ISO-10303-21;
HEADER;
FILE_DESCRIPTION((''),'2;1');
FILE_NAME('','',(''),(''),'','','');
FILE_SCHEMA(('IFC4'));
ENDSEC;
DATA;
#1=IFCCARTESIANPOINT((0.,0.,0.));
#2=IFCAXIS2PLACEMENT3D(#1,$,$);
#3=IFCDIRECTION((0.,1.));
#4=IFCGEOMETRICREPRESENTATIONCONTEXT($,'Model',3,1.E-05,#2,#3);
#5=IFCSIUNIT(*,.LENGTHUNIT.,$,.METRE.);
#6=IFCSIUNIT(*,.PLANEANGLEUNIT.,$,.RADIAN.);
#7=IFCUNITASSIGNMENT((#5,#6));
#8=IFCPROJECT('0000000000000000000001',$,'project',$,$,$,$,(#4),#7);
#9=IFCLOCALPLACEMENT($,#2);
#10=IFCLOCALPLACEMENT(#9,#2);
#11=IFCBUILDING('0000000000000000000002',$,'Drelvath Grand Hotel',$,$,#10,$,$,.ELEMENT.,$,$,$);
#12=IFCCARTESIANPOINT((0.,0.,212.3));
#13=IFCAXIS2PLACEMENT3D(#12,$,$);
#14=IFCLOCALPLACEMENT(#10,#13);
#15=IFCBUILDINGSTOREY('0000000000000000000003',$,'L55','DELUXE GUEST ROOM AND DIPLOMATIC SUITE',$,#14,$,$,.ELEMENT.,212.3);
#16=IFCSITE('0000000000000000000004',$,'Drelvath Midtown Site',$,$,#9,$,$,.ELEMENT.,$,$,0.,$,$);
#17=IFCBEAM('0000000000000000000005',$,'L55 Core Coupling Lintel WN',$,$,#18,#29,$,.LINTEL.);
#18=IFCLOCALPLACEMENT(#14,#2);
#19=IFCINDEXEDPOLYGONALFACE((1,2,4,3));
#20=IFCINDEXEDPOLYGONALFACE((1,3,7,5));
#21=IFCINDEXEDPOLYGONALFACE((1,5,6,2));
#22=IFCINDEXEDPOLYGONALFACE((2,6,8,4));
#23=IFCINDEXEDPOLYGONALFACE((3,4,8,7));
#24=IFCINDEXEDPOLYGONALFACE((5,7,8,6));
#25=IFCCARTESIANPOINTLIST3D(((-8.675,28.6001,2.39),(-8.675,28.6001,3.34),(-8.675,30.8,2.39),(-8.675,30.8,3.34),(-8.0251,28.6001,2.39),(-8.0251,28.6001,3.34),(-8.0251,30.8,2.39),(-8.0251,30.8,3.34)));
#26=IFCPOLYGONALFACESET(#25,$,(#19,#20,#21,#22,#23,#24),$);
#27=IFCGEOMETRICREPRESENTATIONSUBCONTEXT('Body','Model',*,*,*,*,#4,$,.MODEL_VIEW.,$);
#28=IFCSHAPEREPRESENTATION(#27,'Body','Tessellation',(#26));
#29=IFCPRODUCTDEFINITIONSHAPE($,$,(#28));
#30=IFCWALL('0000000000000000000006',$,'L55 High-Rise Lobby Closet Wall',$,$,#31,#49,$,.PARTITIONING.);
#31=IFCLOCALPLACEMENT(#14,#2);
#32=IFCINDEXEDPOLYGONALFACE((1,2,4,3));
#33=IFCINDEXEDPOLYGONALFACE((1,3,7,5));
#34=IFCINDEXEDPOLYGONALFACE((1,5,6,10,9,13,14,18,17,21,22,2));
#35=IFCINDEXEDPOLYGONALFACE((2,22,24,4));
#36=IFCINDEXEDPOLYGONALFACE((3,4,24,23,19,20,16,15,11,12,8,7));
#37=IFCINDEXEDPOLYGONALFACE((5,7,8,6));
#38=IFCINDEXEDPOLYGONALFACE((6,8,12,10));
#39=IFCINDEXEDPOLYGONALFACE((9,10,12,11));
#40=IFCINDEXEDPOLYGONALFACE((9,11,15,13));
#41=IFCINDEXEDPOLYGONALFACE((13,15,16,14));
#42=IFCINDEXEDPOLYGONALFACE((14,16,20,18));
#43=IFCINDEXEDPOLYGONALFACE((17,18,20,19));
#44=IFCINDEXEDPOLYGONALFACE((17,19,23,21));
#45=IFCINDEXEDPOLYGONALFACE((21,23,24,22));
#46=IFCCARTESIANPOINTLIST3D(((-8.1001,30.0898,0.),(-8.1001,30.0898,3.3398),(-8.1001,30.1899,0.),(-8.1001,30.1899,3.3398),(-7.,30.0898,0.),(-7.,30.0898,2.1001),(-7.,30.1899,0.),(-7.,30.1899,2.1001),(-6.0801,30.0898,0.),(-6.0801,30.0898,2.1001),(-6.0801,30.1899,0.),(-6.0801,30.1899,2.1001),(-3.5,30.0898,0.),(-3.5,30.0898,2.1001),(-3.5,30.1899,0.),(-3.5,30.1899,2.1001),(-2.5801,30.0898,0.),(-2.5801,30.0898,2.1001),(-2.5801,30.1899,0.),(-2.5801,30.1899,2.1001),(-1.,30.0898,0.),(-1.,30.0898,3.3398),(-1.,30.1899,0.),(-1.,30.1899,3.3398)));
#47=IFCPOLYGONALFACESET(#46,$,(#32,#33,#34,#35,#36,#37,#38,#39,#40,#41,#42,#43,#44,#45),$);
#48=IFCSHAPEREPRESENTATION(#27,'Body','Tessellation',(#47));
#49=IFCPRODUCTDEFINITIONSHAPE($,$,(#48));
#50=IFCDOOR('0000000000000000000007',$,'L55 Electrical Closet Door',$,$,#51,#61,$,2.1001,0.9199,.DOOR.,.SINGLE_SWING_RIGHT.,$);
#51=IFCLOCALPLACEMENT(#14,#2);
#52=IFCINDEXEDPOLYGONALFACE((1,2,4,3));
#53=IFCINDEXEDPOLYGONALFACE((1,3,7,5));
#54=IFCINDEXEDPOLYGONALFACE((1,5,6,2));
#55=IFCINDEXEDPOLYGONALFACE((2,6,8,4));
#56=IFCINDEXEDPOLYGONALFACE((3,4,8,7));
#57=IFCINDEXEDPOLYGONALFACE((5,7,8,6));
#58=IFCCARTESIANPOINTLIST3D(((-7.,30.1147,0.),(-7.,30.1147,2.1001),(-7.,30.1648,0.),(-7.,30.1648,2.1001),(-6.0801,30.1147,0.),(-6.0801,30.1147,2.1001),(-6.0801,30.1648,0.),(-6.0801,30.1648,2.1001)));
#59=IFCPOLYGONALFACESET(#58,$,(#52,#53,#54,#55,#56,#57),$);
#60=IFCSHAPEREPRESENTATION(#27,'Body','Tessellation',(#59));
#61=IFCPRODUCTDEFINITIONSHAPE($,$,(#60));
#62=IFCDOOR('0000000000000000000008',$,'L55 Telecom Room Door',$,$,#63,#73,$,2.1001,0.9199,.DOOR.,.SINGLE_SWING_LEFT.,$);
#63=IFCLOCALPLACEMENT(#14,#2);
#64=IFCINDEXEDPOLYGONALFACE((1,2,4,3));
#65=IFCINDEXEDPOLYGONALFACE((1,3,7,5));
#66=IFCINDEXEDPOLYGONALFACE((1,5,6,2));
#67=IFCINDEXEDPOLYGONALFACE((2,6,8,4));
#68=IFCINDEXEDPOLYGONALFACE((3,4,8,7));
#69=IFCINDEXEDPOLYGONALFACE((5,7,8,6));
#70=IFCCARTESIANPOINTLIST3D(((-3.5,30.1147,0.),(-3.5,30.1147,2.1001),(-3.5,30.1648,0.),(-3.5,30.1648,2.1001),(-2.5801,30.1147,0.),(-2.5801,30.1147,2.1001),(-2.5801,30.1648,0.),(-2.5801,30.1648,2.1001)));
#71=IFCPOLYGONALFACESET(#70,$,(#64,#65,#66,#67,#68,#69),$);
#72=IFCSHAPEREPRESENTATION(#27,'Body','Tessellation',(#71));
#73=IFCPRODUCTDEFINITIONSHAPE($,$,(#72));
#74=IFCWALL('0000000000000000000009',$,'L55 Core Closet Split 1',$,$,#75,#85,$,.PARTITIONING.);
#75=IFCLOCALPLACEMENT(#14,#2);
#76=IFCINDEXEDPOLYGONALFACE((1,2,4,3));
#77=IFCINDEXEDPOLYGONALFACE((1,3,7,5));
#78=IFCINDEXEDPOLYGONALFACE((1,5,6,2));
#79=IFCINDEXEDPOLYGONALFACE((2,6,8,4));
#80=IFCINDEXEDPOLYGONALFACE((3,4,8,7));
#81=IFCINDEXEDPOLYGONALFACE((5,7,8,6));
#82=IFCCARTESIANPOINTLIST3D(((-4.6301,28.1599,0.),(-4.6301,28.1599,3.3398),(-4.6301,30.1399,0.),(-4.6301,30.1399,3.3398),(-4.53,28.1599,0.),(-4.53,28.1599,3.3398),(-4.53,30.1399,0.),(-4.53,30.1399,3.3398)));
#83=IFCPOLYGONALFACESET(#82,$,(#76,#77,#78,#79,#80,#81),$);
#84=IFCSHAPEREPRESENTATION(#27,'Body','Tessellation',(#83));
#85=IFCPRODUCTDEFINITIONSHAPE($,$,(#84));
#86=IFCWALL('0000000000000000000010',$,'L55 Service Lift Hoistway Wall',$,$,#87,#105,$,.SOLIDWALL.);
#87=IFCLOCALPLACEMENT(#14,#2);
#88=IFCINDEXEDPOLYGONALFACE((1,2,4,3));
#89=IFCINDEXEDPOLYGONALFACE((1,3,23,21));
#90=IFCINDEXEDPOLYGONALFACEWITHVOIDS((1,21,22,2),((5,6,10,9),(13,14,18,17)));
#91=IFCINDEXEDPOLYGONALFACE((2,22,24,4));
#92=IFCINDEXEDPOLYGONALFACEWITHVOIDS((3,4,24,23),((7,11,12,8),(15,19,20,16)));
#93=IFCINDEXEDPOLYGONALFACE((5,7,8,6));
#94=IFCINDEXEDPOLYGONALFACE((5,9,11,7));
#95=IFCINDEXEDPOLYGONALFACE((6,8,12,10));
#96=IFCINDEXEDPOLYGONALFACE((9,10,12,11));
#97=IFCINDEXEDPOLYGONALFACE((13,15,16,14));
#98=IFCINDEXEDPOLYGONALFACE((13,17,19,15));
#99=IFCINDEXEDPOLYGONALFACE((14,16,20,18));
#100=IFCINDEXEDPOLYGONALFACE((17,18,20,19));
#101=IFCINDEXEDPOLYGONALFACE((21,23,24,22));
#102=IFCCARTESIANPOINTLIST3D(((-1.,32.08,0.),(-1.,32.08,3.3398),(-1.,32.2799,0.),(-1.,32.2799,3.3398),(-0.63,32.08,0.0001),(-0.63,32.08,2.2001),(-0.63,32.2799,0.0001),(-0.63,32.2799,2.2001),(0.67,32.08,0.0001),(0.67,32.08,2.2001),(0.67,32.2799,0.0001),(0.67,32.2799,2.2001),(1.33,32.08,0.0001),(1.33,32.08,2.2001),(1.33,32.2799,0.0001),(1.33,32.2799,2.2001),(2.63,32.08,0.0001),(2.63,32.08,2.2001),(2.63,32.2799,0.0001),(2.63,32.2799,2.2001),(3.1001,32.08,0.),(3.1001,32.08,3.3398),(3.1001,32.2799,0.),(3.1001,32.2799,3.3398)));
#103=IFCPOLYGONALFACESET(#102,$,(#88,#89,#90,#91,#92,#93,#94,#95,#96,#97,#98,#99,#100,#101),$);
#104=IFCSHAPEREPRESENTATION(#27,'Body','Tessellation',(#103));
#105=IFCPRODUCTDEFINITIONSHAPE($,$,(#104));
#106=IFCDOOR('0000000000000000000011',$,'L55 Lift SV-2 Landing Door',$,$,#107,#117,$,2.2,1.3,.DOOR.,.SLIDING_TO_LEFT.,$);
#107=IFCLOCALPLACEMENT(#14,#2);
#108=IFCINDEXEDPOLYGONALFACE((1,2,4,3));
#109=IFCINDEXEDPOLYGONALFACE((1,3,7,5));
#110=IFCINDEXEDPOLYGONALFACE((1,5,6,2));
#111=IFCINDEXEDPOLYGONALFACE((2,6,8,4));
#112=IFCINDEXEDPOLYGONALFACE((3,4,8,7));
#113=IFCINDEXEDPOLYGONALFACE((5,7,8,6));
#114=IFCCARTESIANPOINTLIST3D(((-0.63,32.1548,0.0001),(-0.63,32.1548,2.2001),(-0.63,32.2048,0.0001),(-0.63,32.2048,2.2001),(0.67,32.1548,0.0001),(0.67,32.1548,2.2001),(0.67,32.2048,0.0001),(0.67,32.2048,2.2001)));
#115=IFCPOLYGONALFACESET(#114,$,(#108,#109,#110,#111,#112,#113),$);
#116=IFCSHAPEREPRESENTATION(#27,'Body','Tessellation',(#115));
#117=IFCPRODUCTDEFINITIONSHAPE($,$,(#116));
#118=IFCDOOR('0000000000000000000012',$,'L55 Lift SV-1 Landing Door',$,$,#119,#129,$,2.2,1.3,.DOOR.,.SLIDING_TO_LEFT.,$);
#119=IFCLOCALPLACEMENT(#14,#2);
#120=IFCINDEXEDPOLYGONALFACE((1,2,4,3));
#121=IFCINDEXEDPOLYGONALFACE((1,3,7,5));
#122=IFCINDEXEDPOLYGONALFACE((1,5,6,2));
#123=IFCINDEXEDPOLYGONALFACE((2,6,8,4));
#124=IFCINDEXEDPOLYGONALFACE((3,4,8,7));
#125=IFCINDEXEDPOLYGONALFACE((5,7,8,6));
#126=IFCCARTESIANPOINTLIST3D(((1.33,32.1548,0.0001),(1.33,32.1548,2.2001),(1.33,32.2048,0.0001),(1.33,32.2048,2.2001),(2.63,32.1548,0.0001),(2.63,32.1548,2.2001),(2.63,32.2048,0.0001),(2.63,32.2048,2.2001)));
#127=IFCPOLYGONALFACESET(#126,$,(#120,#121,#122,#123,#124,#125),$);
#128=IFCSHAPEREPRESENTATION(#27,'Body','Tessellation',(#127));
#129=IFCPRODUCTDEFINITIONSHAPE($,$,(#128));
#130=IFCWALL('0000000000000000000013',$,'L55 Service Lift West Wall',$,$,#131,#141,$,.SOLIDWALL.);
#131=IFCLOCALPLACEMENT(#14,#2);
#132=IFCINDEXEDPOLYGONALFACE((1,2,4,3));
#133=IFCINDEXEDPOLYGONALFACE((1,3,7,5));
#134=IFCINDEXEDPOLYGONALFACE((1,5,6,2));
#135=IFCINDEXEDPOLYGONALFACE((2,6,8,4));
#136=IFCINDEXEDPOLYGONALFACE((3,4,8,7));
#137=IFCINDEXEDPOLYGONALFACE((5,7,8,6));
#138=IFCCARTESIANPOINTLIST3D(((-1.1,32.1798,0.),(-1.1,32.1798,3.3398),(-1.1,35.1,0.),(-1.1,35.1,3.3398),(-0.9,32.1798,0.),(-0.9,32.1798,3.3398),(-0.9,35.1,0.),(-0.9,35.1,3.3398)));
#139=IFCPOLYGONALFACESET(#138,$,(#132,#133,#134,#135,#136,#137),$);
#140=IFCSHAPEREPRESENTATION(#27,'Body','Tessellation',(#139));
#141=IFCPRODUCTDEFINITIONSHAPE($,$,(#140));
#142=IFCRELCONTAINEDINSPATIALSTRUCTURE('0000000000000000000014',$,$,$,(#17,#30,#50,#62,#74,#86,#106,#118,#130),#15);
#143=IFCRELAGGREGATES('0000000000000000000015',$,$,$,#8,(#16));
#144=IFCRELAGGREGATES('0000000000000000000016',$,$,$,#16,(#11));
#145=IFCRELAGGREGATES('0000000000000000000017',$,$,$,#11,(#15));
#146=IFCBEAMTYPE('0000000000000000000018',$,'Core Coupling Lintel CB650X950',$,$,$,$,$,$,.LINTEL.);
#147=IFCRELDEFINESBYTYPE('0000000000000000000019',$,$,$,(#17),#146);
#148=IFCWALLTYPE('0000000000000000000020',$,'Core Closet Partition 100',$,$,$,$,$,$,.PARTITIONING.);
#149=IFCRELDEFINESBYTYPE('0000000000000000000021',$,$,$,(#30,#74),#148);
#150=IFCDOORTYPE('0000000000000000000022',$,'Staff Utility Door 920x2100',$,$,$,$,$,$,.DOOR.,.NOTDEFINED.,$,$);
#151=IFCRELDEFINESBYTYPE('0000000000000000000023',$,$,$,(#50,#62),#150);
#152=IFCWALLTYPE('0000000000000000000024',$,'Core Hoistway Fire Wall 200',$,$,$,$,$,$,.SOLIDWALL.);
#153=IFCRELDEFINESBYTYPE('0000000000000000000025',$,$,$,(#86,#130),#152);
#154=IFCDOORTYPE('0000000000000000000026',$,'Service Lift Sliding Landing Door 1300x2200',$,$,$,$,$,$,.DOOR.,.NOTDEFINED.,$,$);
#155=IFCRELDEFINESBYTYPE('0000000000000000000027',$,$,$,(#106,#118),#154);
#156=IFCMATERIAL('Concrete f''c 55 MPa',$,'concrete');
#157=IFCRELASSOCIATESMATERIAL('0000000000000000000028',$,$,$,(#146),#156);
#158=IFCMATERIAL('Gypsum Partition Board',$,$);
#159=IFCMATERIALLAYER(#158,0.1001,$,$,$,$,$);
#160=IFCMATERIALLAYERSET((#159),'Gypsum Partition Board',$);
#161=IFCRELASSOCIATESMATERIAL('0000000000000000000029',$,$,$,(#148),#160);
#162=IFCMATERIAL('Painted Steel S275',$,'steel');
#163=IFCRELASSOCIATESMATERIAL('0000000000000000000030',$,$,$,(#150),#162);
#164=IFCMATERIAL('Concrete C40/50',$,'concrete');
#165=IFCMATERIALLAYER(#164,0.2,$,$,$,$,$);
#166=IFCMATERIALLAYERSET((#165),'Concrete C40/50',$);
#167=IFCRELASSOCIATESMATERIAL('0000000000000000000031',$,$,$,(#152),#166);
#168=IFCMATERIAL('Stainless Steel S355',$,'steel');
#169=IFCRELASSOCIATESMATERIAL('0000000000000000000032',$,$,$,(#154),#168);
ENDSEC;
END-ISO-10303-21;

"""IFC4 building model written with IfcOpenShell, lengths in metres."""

from ifc_helpers import new_model, si_unit, direction, frame, frame_2d, origin, origin_2d, place, context, subcontext, project, spatial, rectangle, extrude, material, layer, layer_set, material_profile, profile_set, type_object, element, fill, save


model = new_model("IFC4")

# Units and contexts
model_context = context("Model", 3, precision=1e-05, world=origin(), true_north=direction((0.0, 1.0)))
body_context = subcontext(model_context, "Body", "Model", "MODEL_VIEW")
ifc_project = project(units=[si_unit("LENGTHUNIT", "METRE"), si_unit("PLANEANGLEUNIT", "RADIAN")], contexts=[model_context])

# Site, building, storey
site_placement = place(None, origin())
site = spatial("IfcSite", under=ifc_project, at=site_placement, Name="Drelvath Midtown Site", CompositionType="ELEMENT", RefElevation=0.0)
building_placement = place(site_placement, origin())
building = spatial("IfcBuilding", under=site, at=building_placement, Name="Drelvath Grand Hotel", CompositionType="ELEMENT")
storey_placement = place(building_placement, frame((0.0, 0.0, 212.3)))
storey = spatial("IfcBuildingStorey", under=building, at=storey_placement, Name="L55", Description="DELUXE GUEST ROOM AND DIPLOMATIC SUITE", CompositionType="ELEMENT", Elevation=212.3)

# Beam
ifc_material_1 = material(Name="Concrete f'c 55 MPa", Category="concrete")
ifc_material_profile = material_profile(ifc_material_1, rectangle(XDim=0.6499, YDim=0.95, at=origin_2d()), Name="CB650X950")
ifc_profile_set = profile_set([ifc_material_profile], Name="Concrete f'c 55 MPa")
beam_type = type_object("IfcBeamType", Name="Core Coupling Lintel CB650X950", PredefinedType="LINTEL", material=ifc_profile_set)
beam_placement = place(storey_placement, frame((-8.3501, 28.6001, 2.865), z_axis=(0.0, 1.0, 0.0), x_axis=(-1.0, 0.0, 0.0)))
element("IfcBeam", 1, at=beam_placement, inside=storey, type_object=beam_type, Name="L55 Core Coupling Lintel WN", PredefinedType="LINTEL", context=body_context, shape_type="SweptSolid", body=[
    extrude(rectangle(XDim=0.6499, YDim=0.95, at=origin_2d()), origin(), (0.0, 0.0, 1.0), 2.2),
])

# Wall, openings, doors
ifc_material_2 = material(Name="Gypsum Partition Board")
ifc_layer_1 = layer(ifc_material_2, 0.1001)
ifc_layer_set_1 = layer_set([ifc_layer_1], Name="Gypsum Partition Board")
wall_type_1 = type_object("IfcWallType", Name="Core Closet Partition 100", PredefinedType="PARTITIONING", material=ifc_layer_set_1)
wall_1_placement = place(storey_placement, frame((-8.1001, 30.1399, 0.0), z_axis=(0.0, 0.0, 1.0), x_axis=(1.0, 0.0, 0.0)))
wall_1 = element("IfcWall", 2, at=wall_1_placement, inside=storey, type_object=wall_type_1, Name="L55 High-Rise Lobby Closet Wall", PredefinedType="PARTITIONING", context=body_context, shape_type="SweptSolid", body=[
    extrude(rectangle(XDim=7.1001, YDim=0.1001, at=frame_2d((3.55, 0.0))), origin(), (0.0, 0.0, 1.0), 3.3398),
])
opening_1_placement = place(wall_1_placement, frame((1.1001, 0.0, 0.0)))
opening_1 = element("IfcOpeningElement", 3, at=opening_1_placement, cuts=wall_1, PredefinedType="OPENING", context=body_context, shape_type="SweptSolid", body=[
    extrude(rectangle(XDim=0.9199, YDim=2.1001, at=frame_2d((0.46, 1.05))), frame((0.0, 0.0601, 0.0), z_axis=(0.0, -1.0, 0.0), x_axis=(1.0, 0.0, 0.0)), (0.0, 0.0, 1.0), 0.1201),
])
opening_2_placement = place(wall_1_placement, frame((4.6001, 0.0, 0.0)))
opening_2 = element("IfcOpeningElement", 4, at=opening_2_placement, cuts=wall_1, PredefinedType="OPENING", context=body_context, shape_type="SweptSolid", body=[
    extrude(rectangle(XDim=0.9199, YDim=2.1001, at=frame_2d((0.46, 1.05))), frame((0.0, 0.0601, 0.0), z_axis=(0.0, -1.0, 0.0), x_axis=(1.0, 0.0, 0.0)), (0.0, 0.0, 1.0), 0.1201),
])
ifc_material_3 = material(Name="Painted Steel S275", Category="steel")
door_type_1 = type_object("IfcDoorType", Name="Staff Utility Door 920x2100", OperationType="NOTDEFINED", PredefinedType="DOOR", material=ifc_material_3)
door_1_placement = place(opening_1_placement, origin())
door_1 = element("IfcDoor", 5, at=door_1_placement, inside=storey, type_object=door_type_1, Name="L55 Electrical Closet Door", OperationType="SINGLE_SWING_RIGHT", OverallHeight=2.1001, OverallWidth=0.9199, PredefinedType="DOOR", context=body_context, shape_type="SweptSolid", body=[
    extrude(rectangle(XDim=0.9199, YDim=2.1001, at=frame_2d((0.46, 1.05))), frame((0.0, 0.0249, 0.0), z_axis=(0.0, -1.0, 0.0), x_axis=(1.0, 0.0, 0.0)), (0.0, 0.0, 1.0), 0.05),
])
fill(opening_1, door_1)
door_2_placement = place(opening_2_placement, origin())
door_2 = element("IfcDoor", 6, at=door_2_placement, inside=storey, type_object=door_type_1, Name="L55 Telecom Room Door", OperationType="SINGLE_SWING_LEFT", OverallHeight=2.1001, OverallWidth=0.9199, PredefinedType="DOOR", context=body_context, shape_type="SweptSolid", body=[
    extrude(rectangle(XDim=0.9199, YDim=2.1001, at=frame_2d((0.46, 1.05))), frame((0.0, 0.0249, 0.0), z_axis=(0.0, -1.0, 0.0), x_axis=(1.0, 0.0, 0.0)), (0.0, 0.0, 1.0), 0.05),
])
fill(opening_2, door_2)

# Wall
wall_2_placement = place(storey_placement, frame((-4.5801, 28.1599, 0.0), z_axis=(0.0, 0.0, 1.0), x_axis=(0.0, 1.0, 0.0)))
element("IfcWall", 7, at=wall_2_placement, inside=storey, type_object=wall_type_1, Name="L55 Core Closet Split 1", PredefinedType="PARTITIONING", context=body_context, shape_type="SweptSolid", body=[
    extrude(rectangle(XDim=1.98, YDim=0.1001, at=frame_2d((0.99, 0.0))), origin(), (0.0, 0.0, 1.0), 3.3398),
])

# Wall, openings, doors
ifc_material_4 = material(Name="Concrete C40/50", Category="concrete")
ifc_layer_2 = layer(ifc_material_4, 0.2)
ifc_layer_set_2 = layer_set([ifc_layer_2], Name="Concrete C40/50")
wall_type_2 = type_object("IfcWallType", Name="Core Hoistway Fire Wall 200", PredefinedType="SOLIDWALL", material=ifc_layer_set_2)
wall_3_placement = place(storey_placement, frame((-1.0, 32.1799, 0.0), z_axis=(0.0, 0.0, 1.0), x_axis=(1.0, 0.0, 0.0)))
wall_3 = element("IfcWall", 8, at=wall_3_placement, inside=storey, type_object=wall_type_2, Name="L55 Service Lift Hoistway Wall", PredefinedType="SOLIDWALL", context=body_context, shape_type="SweptSolid", body=[
    extrude(rectangle(XDim=4.1001, YDim=0.2, at=frame_2d((2.05, 0.0))), origin(), (0.0, 0.0, 1.0), 3.3398),
])
opening_3_placement = place(wall_3_placement, frame((0.3701, 0.0, 0.0)))
opening_3 = element("IfcOpeningElement", 9, at=opening_3_placement, cuts=wall_3, PredefinedType="OPENING", context=body_context, shape_type="SweptSolid", body=[
    extrude(rectangle(XDim=1.3, YDim=2.2, at=frame_2d((0.6499, 1.1001))), frame((0.0, 0.1099, 0.0), z_axis=(0.0, -1.0, 0.0), x_axis=(1.0, 0.0, 0.0)), (0.0, 0.0, 1.0), 0.22),
])
opening_4_placement = place(wall_3_placement, frame((2.3301, 0.0, 0.0)))
opening_4 = element("IfcOpeningElement", 10, at=opening_4_placement, cuts=wall_3, PredefinedType="OPENING", context=body_context, shape_type="SweptSolid", body=[
    extrude(rectangle(XDim=1.3, YDim=2.2, at=frame_2d((0.6499, 1.1001))), frame((0.0, 0.1099, 0.0), z_axis=(0.0, -1.0, 0.0), x_axis=(1.0, 0.0, 0.0)), (0.0, 0.0, 1.0), 0.22),
])
ifc_material_5 = material(Name="Stainless Steel S355", Category="steel")
door_type_2 = type_object("IfcDoorType", Name="Service Lift Sliding Landing Door 1300x2200", OperationType="NOTDEFINED", PredefinedType="DOOR", material=ifc_material_5)
door_3_placement = place(opening_3_placement, origin())
door_3 = element("IfcDoor", 11, at=door_3_placement, inside=storey, type_object=door_type_2, Name="L55 Lift SV-2 Landing Door", OperationType="SLIDING_TO_LEFT", OverallHeight=2.2, OverallWidth=1.3, PredefinedType="DOOR", context=body_context, shape_type="SweptSolid", body=[
    extrude(rectangle(XDim=1.3, YDim=2.2, at=frame_2d((0.6499, 1.1001))), frame((0.0, 0.0249, 0.0), z_axis=(0.0, -1.0, 0.0), x_axis=(1.0, 0.0, 0.0)), (0.0, 0.0, 1.0), 0.05),
])
fill(opening_3, door_3)
door_4_placement = place(opening_4_placement, origin())
door_4 = element("IfcDoor", 12, at=door_4_placement, inside=storey, type_object=door_type_2, Name="L55 Lift SV-1 Landing Door", OperationType="SLIDING_TO_LEFT", OverallHeight=2.2, OverallWidth=1.3, PredefinedType="DOOR", context=body_context, shape_type="SweptSolid", body=[
    extrude(rectangle(XDim=1.3, YDim=2.2, at=frame_2d((0.6499, 1.1001))), frame((0.0, 0.0249, 0.0), z_axis=(0.0, -1.0, 0.0), x_axis=(1.0, 0.0, 0.0)), (0.0, 0.0, 1.0), 0.05),
])
fill(opening_4, door_4)

# Wall
wall_4_placement = place(storey_placement, frame((-1.0, 32.1799, 0.0), z_axis=(0.0, 0.0, 1.0), x_axis=(0.0, 1.0, 0.0)))
element("IfcWall", 13, at=wall_4_placement, inside=storey, type_object=wall_type_2, Name="L55 Service Lift West Wall", PredefinedType="SOLIDWALL", context=body_context, shape_type="SweptSolid", body=[
    extrude(rectangle(XDim=2.9202, YDim=0.2, at=frame_2d((1.46, 0.0))), origin(), (0.0, 0.0, 1.0), 3.3398),
])

save(model, "model.ifc")
